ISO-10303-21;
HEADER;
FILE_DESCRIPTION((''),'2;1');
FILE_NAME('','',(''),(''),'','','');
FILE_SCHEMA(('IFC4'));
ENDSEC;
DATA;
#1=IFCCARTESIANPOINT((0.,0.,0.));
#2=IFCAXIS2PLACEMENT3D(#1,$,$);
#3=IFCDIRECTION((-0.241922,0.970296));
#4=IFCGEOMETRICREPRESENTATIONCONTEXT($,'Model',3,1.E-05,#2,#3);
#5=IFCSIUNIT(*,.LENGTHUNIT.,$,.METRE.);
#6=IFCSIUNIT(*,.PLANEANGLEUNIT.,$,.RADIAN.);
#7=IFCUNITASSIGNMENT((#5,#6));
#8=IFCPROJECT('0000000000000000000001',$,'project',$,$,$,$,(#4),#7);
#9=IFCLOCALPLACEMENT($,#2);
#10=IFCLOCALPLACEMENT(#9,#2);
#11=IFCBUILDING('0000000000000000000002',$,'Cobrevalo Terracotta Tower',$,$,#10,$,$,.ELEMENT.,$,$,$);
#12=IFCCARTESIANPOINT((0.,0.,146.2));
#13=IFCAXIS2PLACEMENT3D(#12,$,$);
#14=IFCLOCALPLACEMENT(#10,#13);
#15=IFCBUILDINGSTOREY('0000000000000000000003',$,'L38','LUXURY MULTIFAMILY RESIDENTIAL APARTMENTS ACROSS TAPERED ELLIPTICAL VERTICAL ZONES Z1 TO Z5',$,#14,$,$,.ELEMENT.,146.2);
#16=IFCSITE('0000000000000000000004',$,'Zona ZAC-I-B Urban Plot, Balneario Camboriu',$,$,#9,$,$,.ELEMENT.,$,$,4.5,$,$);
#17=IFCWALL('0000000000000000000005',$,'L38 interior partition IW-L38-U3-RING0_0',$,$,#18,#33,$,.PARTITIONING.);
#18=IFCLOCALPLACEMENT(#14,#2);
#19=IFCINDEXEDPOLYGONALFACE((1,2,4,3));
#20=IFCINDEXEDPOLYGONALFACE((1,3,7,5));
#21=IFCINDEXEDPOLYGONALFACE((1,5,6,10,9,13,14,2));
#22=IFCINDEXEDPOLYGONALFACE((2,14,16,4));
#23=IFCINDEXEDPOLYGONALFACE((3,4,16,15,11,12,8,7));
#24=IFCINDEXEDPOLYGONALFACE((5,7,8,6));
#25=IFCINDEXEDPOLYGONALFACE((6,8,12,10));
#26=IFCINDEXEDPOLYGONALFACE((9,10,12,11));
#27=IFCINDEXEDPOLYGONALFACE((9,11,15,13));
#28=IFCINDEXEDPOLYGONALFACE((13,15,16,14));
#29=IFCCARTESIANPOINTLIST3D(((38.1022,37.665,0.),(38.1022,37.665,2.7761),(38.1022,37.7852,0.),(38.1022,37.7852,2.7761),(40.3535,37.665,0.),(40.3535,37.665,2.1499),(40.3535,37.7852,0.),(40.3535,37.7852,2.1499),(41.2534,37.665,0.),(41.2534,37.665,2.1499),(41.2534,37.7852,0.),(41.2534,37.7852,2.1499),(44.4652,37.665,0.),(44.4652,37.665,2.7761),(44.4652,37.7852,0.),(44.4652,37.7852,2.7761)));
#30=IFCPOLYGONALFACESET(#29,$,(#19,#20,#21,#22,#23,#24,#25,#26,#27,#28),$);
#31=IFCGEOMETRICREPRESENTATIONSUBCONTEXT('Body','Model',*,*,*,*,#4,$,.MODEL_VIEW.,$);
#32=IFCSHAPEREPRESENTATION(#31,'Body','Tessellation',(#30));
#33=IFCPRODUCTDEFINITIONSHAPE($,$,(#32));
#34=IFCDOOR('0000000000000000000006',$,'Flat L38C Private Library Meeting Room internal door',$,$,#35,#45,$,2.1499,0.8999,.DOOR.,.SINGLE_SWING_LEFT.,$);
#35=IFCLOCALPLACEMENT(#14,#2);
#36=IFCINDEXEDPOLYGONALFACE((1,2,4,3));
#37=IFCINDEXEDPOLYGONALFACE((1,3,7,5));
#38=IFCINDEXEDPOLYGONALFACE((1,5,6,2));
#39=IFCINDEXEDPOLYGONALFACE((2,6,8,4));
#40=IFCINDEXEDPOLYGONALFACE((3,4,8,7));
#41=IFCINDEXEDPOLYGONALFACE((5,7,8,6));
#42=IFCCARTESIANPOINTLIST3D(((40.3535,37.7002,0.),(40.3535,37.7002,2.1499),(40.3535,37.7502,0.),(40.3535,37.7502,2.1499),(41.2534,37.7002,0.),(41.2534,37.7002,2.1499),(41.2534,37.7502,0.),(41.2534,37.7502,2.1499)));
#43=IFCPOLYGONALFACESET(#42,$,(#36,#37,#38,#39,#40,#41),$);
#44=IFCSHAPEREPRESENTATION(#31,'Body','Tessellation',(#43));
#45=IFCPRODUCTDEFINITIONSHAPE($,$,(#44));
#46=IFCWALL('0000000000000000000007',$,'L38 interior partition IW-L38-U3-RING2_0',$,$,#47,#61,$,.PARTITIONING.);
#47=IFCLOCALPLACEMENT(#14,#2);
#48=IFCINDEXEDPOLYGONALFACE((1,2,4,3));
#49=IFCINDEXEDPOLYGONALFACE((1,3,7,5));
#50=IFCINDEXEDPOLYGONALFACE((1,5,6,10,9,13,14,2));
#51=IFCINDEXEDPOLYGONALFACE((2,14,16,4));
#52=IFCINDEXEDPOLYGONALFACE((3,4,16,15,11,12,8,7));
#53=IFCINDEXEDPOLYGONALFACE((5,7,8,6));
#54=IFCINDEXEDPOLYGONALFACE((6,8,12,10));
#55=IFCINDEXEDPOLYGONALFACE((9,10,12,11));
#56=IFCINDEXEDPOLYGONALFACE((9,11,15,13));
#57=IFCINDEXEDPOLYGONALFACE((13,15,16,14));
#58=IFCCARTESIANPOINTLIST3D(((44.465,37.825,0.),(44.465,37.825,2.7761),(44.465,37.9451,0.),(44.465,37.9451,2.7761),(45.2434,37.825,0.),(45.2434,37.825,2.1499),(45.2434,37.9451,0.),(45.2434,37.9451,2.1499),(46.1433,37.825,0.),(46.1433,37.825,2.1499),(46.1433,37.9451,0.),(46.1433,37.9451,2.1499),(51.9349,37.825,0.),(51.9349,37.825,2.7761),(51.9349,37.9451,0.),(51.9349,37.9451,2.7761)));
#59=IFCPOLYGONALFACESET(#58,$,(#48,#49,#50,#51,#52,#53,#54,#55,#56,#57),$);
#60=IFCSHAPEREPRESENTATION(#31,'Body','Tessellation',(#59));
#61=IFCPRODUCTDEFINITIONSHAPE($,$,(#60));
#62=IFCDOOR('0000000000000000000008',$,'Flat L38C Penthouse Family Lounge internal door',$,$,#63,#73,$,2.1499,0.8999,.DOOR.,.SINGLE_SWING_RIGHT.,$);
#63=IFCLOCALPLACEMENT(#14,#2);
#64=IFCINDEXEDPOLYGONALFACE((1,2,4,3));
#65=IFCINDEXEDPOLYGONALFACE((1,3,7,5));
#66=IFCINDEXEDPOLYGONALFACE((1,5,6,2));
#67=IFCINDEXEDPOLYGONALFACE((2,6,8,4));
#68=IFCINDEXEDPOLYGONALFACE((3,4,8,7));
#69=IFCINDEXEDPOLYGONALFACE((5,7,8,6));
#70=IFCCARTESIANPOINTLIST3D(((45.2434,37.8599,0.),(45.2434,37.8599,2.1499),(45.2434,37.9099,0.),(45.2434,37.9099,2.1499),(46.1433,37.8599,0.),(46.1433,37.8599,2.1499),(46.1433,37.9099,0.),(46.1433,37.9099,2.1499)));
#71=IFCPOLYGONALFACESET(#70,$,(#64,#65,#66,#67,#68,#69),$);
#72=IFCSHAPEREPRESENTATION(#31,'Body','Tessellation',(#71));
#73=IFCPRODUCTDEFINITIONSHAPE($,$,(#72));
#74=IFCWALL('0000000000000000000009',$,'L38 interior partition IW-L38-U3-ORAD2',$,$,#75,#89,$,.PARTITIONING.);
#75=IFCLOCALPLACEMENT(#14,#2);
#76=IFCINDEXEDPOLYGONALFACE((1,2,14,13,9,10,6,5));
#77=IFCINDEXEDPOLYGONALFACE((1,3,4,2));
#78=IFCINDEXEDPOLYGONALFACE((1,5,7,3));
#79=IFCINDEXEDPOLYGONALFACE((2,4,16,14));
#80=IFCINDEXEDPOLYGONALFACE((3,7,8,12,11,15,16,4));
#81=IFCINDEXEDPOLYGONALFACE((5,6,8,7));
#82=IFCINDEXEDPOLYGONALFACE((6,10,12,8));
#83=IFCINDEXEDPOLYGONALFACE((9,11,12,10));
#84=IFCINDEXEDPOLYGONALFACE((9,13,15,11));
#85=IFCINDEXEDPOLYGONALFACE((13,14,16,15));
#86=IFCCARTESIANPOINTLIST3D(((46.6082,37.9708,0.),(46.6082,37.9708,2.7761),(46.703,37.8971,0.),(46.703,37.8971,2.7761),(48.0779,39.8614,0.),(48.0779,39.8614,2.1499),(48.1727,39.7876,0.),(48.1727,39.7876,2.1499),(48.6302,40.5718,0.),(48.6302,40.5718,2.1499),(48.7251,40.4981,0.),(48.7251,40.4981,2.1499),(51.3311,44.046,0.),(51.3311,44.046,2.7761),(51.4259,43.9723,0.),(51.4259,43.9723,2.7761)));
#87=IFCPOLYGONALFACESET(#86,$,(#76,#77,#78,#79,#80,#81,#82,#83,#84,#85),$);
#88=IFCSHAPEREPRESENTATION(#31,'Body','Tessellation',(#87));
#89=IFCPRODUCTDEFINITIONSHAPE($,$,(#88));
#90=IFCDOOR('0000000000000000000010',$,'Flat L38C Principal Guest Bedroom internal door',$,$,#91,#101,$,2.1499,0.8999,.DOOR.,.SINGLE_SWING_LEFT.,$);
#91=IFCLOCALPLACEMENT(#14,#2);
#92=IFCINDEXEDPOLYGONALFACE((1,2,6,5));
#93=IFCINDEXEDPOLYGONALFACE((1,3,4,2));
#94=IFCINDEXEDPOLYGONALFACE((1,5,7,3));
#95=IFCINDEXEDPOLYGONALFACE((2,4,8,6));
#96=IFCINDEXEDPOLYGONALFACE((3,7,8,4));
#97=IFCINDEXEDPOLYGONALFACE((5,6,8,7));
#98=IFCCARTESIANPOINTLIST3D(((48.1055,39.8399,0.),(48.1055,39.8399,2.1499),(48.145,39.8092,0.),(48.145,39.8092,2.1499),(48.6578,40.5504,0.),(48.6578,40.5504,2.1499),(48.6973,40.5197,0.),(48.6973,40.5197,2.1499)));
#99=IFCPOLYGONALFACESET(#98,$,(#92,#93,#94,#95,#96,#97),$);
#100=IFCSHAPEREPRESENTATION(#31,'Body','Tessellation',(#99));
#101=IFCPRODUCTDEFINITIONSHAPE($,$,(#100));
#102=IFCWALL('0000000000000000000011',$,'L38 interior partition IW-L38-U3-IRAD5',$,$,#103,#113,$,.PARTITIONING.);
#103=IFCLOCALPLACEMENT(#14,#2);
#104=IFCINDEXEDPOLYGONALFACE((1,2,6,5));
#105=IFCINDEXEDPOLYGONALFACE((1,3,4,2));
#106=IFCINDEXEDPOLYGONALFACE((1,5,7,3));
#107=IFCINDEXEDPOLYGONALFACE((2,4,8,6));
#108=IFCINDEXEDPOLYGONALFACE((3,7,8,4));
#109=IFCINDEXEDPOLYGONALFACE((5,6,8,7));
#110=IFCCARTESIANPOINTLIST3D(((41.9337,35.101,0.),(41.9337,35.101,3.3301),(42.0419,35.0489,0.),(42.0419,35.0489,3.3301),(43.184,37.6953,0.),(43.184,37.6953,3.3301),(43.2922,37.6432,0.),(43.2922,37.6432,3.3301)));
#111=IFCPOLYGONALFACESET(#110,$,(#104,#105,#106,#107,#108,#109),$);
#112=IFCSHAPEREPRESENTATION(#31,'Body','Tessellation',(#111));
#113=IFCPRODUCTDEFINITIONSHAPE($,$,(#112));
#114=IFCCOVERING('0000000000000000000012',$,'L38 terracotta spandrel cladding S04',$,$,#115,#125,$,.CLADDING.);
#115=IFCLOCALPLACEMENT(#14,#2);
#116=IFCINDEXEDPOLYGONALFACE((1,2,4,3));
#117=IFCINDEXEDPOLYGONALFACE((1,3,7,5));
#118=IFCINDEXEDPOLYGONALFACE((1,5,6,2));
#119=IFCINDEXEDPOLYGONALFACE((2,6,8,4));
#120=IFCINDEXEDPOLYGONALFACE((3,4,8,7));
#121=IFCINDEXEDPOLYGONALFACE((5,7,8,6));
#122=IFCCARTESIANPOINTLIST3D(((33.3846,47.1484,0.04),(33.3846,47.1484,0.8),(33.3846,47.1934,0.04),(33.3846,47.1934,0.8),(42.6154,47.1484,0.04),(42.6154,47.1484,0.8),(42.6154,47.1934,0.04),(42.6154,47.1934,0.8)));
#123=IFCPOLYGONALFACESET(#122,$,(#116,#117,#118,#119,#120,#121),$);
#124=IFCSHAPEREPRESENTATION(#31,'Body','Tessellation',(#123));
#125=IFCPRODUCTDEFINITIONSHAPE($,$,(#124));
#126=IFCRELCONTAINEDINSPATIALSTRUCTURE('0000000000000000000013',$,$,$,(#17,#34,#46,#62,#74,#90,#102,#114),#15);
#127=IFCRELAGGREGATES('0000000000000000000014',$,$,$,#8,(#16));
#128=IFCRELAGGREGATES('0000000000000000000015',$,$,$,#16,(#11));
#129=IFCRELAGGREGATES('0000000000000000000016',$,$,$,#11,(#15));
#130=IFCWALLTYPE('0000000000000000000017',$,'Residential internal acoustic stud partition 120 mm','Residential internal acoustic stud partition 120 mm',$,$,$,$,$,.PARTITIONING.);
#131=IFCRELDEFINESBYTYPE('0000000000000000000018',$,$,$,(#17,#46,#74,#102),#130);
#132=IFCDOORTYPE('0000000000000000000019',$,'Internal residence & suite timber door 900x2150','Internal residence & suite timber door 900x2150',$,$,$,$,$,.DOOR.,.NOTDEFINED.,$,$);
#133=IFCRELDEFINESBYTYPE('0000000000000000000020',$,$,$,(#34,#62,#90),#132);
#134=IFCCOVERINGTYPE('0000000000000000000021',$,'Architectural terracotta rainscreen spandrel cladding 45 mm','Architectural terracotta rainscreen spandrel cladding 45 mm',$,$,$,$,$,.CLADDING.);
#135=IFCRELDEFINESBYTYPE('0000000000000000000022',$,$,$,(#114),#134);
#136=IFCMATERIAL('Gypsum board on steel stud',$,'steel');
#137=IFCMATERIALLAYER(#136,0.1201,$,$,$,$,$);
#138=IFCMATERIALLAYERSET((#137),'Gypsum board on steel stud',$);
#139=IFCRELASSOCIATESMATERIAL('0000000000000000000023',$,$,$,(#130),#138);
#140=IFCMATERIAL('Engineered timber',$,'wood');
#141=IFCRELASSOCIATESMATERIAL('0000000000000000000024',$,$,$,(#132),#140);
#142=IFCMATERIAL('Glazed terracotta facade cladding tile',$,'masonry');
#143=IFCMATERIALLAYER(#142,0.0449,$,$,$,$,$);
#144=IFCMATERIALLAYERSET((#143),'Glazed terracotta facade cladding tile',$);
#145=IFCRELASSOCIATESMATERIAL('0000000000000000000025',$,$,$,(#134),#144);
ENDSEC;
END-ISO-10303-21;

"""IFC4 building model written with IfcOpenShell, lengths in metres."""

from ifc_helpers import new_model, si_unit, direction, frame, frame_2d, origin, origin_2d, place, context, subcontext, project, spatial, rectangle, extrude, source, transform, mapped, material, layer, layer_set, type_object, element, fill, save


model = new_model("IFC4")

# Units and contexts
model_context = context("Model", 3, precision=1e-05, world=origin(), true_north=direction((-0.241922, 0.970296)))
body_context = subcontext(model_context, "Body", "Model", "MODEL_VIEW")
ifc_project = project(units=[si_unit("LENGTHUNIT", "METRE"), si_unit("PLANEANGLEUNIT", "RADIAN")], contexts=[model_context])

# Site, building, storey
site_placement = place(None, origin())
site = spatial("IfcSite", under=ifc_project, at=site_placement, Name="Zona ZAC-I-B Urban Plot, Balneario Camboriu", CompositionType="ELEMENT", RefElevation=4.5)
building_placement = place(site_placement, origin())
building = spatial("IfcBuilding", under=site, at=building_placement, Name="Cobrevalo Terracotta Tower", CompositionType="ELEMENT")
storey_placement = place(building_placement, frame((0.0, 0.0, 146.2)))
storey = spatial("IfcBuildingStorey", under=building, at=storey_placement, Name="L38", Description="LUXURY MULTIFAMILY RESIDENTIAL APARTMENTS ACROSS TAPERED ELLIPTICAL VERTICAL ZONES Z1 TO Z5", CompositionType="ELEMENT", Elevation=146.2)

# Shared definitions
ifc_material_1 = material(Name="Gypsum board on steel stud", Category="steel")

# Shared definitions
ifc_layer_1 = layer(ifc_material_1, 0.1201)
ifc_layer_set_1 = layer_set([ifc_layer_1], Name="Gypsum board on steel stud")
wall_type_1 = type_object("IfcWallType", Name="Residential internal acoustic stud partition 120 mm", Description="Residential internal acoustic stud partition 120 mm", PredefinedType="PARTITIONING", material=ifc_layer_set_1)

# Walls, openings, doors
wall_1_placement = place(storey_placement, frame((38.1021, 37.7251, 0.0), z_axis=(0.0, 0.0, 1.0), x_axis=(1.0, 0.0, 0.0)))
wall_1 = element("IfcWall", 1, at=wall_1_placement, inside=storey, type_object=wall_type_1, Name="L38 interior partition IW-L38-U3-RING0_0", PredefinedType="PARTITIONING", context=body_context, shape_type="SweptSolid", body=[
    extrude(rectangle(XDim=6.363, YDim=0.1201, at=frame_2d((3.1816, 0.0))), origin(), (0.0, 0.0, 1.0), 2.7761),
])
opening_1_placement = place(wall_1_placement, frame((2.2515, 0.0, 0.0)))
opening_1 = element("IfcOpeningElement", 2, at=opening_1_placement, cuts=wall_1, PredefinedType="OPENING", context=body_context, shape_type="SweptSolid", body=[
    extrude(rectangle(XDim=0.8999, YDim=2.1499, at=frame_2d((0.45, 1.075))), frame((0.0, 0.0701, 0.0), z_axis=(0.0, -1.0, 0.0), x_axis=(1.0, 0.0, 0.0)), (0.0, 0.0, 1.0), 0.1401),
])
ifc_material_2 = material(Name="Engineered timber", Category="wood")
door_type = type_object("IfcDoorType", Name="Internal residence & suite timber door 900x2150", Description="Internal residence & suite timber door 900x2150", OperationType="NOTDEFINED", PredefinedType="DOOR", material=ifc_material_2)
shared_shape_1 = source(origin(), body_context, "Body", "SweptSolid", [
    extrude(rectangle(XDim=0.8999, YDim=2.1499, at=frame_2d((0.45, 1.075))), frame((0.0, 0.0249, 0.0), z_axis=(0.0, -1.0, 0.0), x_axis=(1.0, 0.0, 0.0)), (0.0, 0.0, 1.0), 0.05),
])
door_1_placement = place(opening_1_placement, frame((0.8999, 0.0, 0.0), z_axis=(0.0, 0.0, 1.0), x_axis=(-1.0, 0.0, 0.0)))
door_1 = element("IfcDoor", 3, at=door_1_placement, inside=storey, type_object=door_type, Name="Flat L38C Private Library Meeting Room internal door", OperationType="SINGLE_SWING_LEFT", OverallHeight=2.1499, OverallWidth=0.8999, PredefinedType="DOOR", context=body_context, shape_type="MappedRepresentation", body=[
    mapped(shared_shape_1, transform((0.0, 0.0, 0.0), scale=1.0)),
])
fill(opening_1, door_1)
wall_2_placement = place(storey_placement, frame((44.4651, 37.885, 0.0), z_axis=(0.0, 0.0, 1.0), x_axis=(1.0, 0.0, 0.0)))
wall_2 = element("IfcWall", 4, at=wall_2_placement, inside=storey, type_object=wall_type_1, Name="L38 interior partition IW-L38-U3-RING2_0", PredefinedType="PARTITIONING", context=body_context, shape_type="SweptSolid", body=[
    extrude(rectangle(XDim=7.47, YDim=0.1201, at=frame_2d((3.7349, 0.0))), origin(), (0.0, 0.0, 1.0), 2.7761),
])
opening_2_placement = place(wall_2_placement, frame((0.7783, 0.0, 0.0)))
opening_2 = element("IfcOpeningElement", 5, at=opening_2_placement, cuts=wall_2, PredefinedType="OPENING", context=body_context, shape_type="SweptSolid", body=[
    extrude(rectangle(XDim=0.8999, YDim=2.1499, at=frame_2d((0.45, 1.075))), frame((0.0, 0.0701, 0.0), z_axis=(0.0, -1.0, 0.0), x_axis=(1.0, 0.0, 0.0)), (0.0, 0.0, 1.0), 0.1401),
])
door_2_placement = place(opening_2_placement, origin())
door_2 = element("IfcDoor", 6, at=door_2_placement, inside=storey, type_object=door_type, Name="Flat L38C Penthouse Family Lounge internal door", OperationType="SINGLE_SWING_RIGHT", OverallHeight=2.1499, OverallWidth=0.8999, PredefinedType="DOOR", context=body_context, shape_type="MappedRepresentation", body=[
    mapped(shared_shape_1, transform((0.0, 0.0, 0.0), scale=1.0)),
])
fill(opening_2, door_2)
wall_3_placement = place(storey_placement, frame((46.6555, 37.9338, 0.0), z_axis=(0.0, 0.0, 1.0), x_axis=(0.613758, 0.789494, 0.0)))
wall_3 = element("IfcWall", 7, at=wall_3_placement, inside=storey, type_object=wall_type_1, Name="L38 interior partition IW-L38-U3-ORAD2", PredefinedType="PARTITIONING", context=body_context, shape_type="SweptSolid", body=[
    extrude(rectangle(XDim=7.6951, YDim=0.1201, at=frame_2d((3.8477, 0.0))), origin(), (0.0, 0.0, 1.0), 2.7761),
])
opening_3_placement = place(wall_3_placement, frame((2.3948, 0.0, 0.0)))
opening_3 = element("IfcOpeningElement", 8, at=opening_3_placement, cuts=wall_3, PredefinedType="OPENING", context=body_context, shape_type="SweptSolid", body=[
    extrude(rectangle(XDim=0.8999, YDim=2.1499, at=frame_2d((0.45, 1.075))), frame((0.0, 0.0701, 0.0), z_axis=(0.0, -1.0, 0.0), x_axis=(1.0, 0.0, 0.0)), (0.0, 0.0, 1.0), 0.1401),
])
door_3_placement = place(opening_3_placement, frame((0.8999, 0.0, 0.0), z_axis=(0.0, 0.0, 1.0), x_axis=(-1.0, 0.0, 0.0)))
door_3 = element("IfcDoor", 9, at=door_3_placement, inside=storey, type_object=door_type, Name="Flat L38C Principal Guest Bedroom internal door", OperationType="SINGLE_SWING_LEFT", OverallHeight=2.1499, OverallWidth=0.8999, PredefinedType="DOOR", context=body_context, shape_type="MappedRepresentation", body=[
    mapped(shared_shape_1, transform((0.0, 0.0, 0.0), scale=1.0)),
])
fill(opening_3, door_3)

# Wall
wall_4_placement = place(storey_placement, frame((41.9878, 35.075, 0.0), z_axis=(0.0, 0.0, 1.0), x_axis=(0.434144, 0.900843, 0.0)))
element("IfcWall", 10, at=wall_4_placement, inside=storey, type_object=wall_type_1, Name="L38 interior partition IW-L38-U3-IRAD5", PredefinedType="PARTITIONING", context=body_context, shape_type="SweptSolid", body=[
    extrude(rectangle(XDim=2.8799, YDim=0.1201, at=frame_2d((1.4399, 0.0))), origin(), (0.0, 0.0, 1.0), 3.3301),
])

# Covering
ifc_material_3 = material(Name="Glazed terracotta facade cladding tile", Category="masonry")
ifc_layer_2 = layer(ifc_material_3, 0.0449)
ifc_layer_set_2 = layer_set([ifc_layer_2], Name="Glazed terracotta facade cladding tile")
covering_type = type_object("IfcCoveringType", Name="Architectural terracotta rainscreen spandrel cladding 45 mm", Description="Architectural terracotta rainscreen spandrel cladding 45 mm", PredefinedType="CLADDING", material=ifc_layer_set_2)
shared_shape_2 = source(origin(), body_context, "Body", "SweptSolid", [
    extrude(rectangle(XDim=9.2307, YDim=0.0449, at=origin_2d()), origin(), (0.0, 0.0, 1.0), 0.76),
])
covering_placement = place(storey_placement, frame((38.0, 47.1709, 0.04), z_axis=(0.0, 0.0, 1.0), x_axis=(-1.0, 0.0, 0.0)))
element("IfcCovering", 11, at=covering_placement, inside=storey, type_object=covering_type, Name="L38 terracotta spandrel cladding S04", PredefinedType="CLADDING", context=body_context, shape_type="MappedRepresentation", body=[
    mapped(shared_shape_2, transform((0.0, 0.0, 0.0), scale=1.0)),
])

save(model, "model.ifc")
